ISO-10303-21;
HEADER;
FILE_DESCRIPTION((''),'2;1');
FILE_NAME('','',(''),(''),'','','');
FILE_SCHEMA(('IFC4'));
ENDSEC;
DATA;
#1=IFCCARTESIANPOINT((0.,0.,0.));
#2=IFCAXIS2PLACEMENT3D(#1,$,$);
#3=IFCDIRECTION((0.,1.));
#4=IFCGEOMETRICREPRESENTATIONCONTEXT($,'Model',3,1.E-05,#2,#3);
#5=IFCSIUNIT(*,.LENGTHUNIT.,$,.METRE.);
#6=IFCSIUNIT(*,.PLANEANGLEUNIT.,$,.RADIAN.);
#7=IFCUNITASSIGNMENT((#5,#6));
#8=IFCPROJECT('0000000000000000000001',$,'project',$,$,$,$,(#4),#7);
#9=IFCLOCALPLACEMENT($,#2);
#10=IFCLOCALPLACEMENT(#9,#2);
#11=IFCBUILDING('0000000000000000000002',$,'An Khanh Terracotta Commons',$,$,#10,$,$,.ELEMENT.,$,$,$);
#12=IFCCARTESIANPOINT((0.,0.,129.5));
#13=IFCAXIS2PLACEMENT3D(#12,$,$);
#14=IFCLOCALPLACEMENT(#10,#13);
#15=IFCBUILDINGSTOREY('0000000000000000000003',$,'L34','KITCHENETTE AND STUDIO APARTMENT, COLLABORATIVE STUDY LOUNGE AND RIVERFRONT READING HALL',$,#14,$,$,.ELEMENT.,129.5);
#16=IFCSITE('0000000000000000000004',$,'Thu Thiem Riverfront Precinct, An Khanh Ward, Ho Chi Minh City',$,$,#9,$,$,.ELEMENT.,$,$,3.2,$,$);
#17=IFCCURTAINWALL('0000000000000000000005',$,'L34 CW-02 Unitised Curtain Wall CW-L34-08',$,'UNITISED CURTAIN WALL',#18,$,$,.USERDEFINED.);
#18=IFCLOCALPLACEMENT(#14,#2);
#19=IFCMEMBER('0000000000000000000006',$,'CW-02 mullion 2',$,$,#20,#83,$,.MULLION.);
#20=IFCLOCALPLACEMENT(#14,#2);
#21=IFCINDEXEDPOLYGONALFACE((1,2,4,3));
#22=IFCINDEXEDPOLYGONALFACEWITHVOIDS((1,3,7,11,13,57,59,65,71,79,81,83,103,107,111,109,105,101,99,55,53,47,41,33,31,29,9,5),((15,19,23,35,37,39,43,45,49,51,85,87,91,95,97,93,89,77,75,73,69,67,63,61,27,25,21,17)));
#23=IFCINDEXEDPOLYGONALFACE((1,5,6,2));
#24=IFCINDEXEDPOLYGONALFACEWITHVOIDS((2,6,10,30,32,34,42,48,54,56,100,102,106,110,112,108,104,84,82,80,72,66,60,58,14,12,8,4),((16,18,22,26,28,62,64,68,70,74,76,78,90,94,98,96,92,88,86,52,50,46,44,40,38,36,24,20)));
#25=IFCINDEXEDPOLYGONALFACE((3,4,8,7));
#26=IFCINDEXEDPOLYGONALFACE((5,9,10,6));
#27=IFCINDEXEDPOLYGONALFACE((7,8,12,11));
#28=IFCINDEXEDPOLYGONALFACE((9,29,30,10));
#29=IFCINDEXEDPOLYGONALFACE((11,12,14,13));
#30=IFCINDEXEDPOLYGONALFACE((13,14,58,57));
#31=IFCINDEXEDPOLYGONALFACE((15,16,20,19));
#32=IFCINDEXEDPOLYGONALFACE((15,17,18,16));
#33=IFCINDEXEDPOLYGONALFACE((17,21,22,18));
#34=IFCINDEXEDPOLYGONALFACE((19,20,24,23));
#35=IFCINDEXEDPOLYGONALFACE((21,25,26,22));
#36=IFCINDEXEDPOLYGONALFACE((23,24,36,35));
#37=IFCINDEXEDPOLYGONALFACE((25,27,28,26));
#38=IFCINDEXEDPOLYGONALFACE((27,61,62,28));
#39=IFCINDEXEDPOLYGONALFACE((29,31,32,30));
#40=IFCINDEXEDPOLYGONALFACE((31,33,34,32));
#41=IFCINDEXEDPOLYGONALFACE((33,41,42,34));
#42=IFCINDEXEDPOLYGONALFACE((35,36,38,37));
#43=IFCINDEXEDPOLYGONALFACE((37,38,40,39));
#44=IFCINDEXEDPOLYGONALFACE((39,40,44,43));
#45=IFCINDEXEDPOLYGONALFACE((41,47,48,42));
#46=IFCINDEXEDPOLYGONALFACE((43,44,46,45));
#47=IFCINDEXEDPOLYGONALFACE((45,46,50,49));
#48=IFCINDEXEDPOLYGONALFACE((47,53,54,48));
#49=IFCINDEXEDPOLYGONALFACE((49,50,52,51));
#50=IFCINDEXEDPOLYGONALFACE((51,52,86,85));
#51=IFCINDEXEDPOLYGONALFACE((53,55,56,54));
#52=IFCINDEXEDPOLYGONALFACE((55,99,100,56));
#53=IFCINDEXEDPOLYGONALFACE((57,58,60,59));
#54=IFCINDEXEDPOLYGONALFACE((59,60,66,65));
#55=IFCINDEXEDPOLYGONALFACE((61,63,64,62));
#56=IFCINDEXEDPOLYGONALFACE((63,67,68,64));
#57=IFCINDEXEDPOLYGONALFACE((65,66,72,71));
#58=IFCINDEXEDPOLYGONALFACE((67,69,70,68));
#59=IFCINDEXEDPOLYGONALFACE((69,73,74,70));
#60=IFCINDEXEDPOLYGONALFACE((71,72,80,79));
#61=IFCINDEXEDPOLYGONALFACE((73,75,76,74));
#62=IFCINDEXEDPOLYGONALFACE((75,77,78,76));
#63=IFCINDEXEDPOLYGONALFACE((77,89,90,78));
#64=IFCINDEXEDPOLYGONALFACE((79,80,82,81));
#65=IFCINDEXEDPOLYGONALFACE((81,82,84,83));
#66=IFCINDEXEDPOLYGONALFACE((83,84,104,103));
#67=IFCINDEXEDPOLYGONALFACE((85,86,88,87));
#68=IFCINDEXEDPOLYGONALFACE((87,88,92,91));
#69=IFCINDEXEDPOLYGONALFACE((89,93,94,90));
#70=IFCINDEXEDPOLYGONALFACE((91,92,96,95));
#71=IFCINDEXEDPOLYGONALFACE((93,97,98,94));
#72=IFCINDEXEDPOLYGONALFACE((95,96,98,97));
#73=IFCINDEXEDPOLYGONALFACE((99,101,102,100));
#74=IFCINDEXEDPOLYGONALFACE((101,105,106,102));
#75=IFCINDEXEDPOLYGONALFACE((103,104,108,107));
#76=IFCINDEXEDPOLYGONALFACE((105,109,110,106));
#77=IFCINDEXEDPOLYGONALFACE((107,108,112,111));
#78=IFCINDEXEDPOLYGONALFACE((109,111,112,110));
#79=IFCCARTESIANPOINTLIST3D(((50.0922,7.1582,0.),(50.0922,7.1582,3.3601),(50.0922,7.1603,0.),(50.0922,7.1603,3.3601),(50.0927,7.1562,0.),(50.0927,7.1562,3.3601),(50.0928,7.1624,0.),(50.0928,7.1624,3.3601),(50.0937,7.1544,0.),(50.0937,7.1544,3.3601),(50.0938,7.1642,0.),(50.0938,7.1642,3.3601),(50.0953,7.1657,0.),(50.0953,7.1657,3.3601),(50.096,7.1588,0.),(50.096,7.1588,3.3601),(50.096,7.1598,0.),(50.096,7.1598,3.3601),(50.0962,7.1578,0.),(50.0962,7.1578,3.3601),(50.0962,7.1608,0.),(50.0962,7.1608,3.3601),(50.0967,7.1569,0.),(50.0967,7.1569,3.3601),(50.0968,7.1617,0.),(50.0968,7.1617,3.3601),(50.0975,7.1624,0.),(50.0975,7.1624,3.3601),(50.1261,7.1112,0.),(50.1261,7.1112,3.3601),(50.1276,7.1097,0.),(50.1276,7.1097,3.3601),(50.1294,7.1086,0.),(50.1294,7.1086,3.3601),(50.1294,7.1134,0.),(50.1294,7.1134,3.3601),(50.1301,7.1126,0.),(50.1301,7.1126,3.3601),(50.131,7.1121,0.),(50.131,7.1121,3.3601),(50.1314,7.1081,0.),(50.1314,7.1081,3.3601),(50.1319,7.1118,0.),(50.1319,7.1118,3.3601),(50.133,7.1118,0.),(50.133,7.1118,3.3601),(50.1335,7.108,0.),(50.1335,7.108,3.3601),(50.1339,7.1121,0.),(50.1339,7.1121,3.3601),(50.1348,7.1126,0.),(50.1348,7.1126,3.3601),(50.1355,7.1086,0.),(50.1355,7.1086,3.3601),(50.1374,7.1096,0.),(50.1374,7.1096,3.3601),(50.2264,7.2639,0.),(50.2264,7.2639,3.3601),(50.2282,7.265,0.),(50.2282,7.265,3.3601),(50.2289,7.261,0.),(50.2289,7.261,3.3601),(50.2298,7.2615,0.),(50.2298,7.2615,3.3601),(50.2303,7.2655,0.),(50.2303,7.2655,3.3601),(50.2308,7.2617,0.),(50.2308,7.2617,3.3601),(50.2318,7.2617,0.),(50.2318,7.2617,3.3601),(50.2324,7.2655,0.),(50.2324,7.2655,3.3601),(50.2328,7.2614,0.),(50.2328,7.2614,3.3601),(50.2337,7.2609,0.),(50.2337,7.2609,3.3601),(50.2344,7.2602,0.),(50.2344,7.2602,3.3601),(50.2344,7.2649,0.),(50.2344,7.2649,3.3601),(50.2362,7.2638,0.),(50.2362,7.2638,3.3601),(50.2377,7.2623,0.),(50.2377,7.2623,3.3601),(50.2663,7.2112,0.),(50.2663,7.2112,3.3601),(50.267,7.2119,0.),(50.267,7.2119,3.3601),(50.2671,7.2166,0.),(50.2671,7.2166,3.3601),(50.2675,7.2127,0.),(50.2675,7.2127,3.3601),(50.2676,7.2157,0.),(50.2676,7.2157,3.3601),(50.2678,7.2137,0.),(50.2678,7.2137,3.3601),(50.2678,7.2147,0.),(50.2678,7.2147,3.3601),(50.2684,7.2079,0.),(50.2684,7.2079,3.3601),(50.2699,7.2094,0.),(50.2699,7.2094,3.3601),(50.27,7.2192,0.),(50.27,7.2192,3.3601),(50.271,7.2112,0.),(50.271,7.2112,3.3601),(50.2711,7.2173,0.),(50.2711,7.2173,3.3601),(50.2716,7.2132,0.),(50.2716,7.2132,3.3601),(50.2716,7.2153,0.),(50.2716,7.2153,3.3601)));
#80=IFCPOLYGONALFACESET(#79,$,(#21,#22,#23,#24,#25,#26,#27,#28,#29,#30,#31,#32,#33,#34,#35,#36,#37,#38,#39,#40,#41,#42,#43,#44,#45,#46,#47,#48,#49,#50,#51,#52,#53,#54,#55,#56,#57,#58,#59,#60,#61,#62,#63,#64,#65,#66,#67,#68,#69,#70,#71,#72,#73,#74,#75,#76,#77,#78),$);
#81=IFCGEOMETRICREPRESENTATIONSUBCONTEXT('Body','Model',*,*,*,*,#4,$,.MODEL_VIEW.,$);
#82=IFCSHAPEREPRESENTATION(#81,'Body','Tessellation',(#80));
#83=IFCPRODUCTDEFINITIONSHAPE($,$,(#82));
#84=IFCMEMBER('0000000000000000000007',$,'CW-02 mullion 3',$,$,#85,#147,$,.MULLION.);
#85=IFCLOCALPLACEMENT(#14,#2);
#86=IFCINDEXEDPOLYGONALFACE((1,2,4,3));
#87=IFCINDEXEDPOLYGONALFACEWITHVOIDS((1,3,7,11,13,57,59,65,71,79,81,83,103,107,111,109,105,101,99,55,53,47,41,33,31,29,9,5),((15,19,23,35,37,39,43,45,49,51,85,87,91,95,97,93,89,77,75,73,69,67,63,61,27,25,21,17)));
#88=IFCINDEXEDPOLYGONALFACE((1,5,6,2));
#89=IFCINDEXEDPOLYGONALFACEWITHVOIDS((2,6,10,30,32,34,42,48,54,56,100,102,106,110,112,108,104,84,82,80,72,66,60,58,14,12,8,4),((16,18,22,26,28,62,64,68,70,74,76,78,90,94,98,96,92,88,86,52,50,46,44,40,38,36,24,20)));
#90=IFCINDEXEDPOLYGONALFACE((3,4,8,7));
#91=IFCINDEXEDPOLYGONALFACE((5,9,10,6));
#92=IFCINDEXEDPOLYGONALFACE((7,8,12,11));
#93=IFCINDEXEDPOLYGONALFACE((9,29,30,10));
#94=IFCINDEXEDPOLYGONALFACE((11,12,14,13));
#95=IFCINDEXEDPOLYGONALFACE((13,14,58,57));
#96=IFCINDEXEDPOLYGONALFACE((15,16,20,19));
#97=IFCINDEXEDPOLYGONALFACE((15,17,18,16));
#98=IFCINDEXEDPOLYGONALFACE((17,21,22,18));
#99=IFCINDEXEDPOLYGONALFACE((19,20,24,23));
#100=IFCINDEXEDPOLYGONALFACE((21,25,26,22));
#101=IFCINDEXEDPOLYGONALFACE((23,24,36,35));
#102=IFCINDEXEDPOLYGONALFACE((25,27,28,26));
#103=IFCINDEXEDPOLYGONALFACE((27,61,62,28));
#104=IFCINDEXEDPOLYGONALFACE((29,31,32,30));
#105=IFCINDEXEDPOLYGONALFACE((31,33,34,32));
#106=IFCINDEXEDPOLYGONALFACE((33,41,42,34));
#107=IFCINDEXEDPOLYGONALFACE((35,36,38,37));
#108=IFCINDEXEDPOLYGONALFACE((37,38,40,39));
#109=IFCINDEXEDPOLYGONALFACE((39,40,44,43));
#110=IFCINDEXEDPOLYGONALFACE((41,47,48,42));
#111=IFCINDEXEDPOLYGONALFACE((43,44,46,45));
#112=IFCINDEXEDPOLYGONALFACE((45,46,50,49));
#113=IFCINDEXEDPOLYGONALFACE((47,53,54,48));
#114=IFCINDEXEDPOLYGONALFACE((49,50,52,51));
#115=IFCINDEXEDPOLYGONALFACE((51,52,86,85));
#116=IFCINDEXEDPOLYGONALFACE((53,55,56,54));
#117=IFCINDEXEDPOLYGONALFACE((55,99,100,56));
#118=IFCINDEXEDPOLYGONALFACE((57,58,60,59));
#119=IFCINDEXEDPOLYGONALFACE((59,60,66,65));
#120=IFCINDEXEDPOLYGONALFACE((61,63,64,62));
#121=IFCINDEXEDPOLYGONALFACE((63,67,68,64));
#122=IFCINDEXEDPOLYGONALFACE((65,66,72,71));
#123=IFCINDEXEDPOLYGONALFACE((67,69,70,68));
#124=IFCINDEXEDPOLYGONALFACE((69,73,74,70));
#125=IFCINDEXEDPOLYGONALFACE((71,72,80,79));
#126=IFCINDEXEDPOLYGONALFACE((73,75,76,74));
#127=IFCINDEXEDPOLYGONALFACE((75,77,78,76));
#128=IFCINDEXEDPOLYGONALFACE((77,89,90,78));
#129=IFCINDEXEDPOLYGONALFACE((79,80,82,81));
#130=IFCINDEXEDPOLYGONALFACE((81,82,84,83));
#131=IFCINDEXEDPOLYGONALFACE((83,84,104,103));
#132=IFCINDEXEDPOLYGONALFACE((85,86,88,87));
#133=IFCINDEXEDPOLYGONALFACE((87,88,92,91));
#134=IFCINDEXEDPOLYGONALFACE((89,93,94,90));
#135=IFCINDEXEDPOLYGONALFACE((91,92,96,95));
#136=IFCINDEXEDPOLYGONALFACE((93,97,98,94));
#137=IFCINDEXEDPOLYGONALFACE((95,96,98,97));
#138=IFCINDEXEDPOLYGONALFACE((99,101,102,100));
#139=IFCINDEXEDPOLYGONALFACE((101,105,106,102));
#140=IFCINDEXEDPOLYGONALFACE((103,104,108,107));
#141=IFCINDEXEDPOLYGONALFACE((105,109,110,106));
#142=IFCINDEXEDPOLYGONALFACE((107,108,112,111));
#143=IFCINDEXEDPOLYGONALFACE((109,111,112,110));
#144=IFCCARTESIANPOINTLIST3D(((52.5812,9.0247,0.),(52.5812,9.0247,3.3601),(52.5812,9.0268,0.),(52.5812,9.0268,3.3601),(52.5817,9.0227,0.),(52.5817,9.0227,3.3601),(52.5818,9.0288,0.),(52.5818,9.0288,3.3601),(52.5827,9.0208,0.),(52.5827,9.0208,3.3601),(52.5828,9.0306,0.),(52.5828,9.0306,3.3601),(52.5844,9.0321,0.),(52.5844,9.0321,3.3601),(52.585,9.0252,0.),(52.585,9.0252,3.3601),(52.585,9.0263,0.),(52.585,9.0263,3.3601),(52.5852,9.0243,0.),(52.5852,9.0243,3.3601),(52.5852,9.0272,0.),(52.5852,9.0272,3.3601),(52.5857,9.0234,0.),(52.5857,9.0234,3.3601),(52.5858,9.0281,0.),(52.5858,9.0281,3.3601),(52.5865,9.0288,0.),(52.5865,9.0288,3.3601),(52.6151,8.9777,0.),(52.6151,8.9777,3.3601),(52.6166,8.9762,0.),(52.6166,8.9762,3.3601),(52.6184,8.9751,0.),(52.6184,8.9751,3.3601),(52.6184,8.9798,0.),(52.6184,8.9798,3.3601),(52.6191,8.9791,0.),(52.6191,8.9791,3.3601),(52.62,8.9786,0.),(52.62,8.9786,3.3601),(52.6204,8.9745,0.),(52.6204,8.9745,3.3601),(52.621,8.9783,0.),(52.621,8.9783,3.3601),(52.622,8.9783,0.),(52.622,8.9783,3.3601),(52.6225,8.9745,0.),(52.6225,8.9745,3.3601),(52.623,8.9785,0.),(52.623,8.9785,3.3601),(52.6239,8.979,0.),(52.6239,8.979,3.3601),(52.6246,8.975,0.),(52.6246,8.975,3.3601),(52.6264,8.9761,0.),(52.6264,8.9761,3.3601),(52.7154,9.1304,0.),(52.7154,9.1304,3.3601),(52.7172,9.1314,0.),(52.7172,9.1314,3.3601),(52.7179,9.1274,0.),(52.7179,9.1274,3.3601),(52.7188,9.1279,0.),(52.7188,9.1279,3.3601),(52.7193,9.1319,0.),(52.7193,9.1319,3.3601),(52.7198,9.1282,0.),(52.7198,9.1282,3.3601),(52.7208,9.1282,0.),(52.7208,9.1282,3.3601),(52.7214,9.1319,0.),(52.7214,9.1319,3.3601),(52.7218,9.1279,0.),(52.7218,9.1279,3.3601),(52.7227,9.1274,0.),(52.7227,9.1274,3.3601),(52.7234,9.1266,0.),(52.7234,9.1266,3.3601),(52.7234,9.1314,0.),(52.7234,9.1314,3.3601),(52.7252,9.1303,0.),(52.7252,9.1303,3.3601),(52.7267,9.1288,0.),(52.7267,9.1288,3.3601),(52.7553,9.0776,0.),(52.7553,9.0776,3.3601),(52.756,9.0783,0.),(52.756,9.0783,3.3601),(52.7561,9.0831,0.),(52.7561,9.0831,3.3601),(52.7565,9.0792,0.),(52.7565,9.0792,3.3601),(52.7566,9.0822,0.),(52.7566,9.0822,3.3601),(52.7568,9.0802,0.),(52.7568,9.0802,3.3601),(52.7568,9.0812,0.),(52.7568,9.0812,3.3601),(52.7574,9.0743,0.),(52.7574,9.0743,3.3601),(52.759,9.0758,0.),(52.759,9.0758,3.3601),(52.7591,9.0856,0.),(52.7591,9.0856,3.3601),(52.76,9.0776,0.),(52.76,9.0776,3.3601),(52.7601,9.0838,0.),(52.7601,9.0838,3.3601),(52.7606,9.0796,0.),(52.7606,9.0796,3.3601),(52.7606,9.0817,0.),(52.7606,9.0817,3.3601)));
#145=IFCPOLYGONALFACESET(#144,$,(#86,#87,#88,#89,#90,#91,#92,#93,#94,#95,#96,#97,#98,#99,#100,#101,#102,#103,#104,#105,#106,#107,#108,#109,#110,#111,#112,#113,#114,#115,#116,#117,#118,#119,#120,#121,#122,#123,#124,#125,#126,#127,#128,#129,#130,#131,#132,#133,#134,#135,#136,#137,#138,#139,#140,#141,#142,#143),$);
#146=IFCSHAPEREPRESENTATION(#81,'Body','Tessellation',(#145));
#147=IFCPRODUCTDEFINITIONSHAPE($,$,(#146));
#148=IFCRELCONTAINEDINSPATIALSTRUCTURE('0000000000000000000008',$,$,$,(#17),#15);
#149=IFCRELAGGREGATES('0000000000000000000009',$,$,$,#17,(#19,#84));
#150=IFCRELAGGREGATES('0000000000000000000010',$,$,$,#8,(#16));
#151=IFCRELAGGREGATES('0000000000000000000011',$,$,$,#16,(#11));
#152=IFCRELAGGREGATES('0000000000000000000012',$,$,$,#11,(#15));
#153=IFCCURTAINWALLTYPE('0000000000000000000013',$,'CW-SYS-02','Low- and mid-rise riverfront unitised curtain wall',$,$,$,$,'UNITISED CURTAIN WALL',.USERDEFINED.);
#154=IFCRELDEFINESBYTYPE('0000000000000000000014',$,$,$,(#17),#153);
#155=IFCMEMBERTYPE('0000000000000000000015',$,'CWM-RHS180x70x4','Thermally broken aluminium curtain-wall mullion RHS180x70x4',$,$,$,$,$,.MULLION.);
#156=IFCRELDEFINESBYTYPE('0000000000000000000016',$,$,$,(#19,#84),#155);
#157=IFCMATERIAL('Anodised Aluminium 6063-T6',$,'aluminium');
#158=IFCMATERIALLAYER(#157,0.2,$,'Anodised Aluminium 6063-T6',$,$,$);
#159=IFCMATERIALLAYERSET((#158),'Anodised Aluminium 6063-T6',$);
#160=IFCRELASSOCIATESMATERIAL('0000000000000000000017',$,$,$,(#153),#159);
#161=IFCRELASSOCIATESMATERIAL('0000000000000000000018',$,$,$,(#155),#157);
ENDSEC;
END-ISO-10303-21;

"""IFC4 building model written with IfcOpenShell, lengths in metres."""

from ifc_helpers import new_model, si_unit, direction, frame, origin, origin_2d, place, context, subcontext, project, spatial, hollow_rectangle, extrude, material, layer, layer_set, material_profile, profile_set, type_object, element, aggregate, save


model = new_model("IFC4")

# Units and contexts
model_context = context("Model", 3, precision=1e-05, world=origin(), true_north=direction((0.0, 1.0)))
body_context = subcontext(model_context, "Body", "Model", "MODEL_VIEW")
ifc_project = project(units=[si_unit("LENGTHUNIT", "METRE"), si_unit("PLANEANGLEUNIT", "RADIAN")], contexts=[model_context])

# Site, building, storey
site_placement = place(None, origin())
site = spatial("IfcSite", under=ifc_project, at=site_placement, Name="Thu Thiem Riverfront Precinct, An Khanh Ward, Ho Chi Minh City", CompositionType="ELEMENT", RefElevation=3.2)
building_placement = place(site_placement, origin())
building = spatial("IfcBuilding", under=site, at=building_placement, Name="An Khanh Terracotta Commons", CompositionType="ELEMENT")
storey_placement = place(building_placement, frame((0.0, 0.0, 129.5)))
storey = spatial("IfcBuildingStorey", under=building, at=storey_placement, Name="L34", Description="KITCHENETTE AND STUDIO APARTMENT, COLLABORATIVE STUDY LOUNGE AND RIVERFRONT READING HALL", CompositionType="ELEMENT", Elevation=129.5)

# Curtain wall, members
ifc_material_1 = material(Name="Anodised Aluminium 6063-T6", Category="aluminium")
ifc_layer_1 = layer(ifc_material_1, 0.2, Name="Anodised Aluminium 6063-T6")
ifc_layer_set_1 = layer_set([ifc_layer_1], Name="Anodised Aluminium 6063-T6")
curtain_wall_type = type_object("IfcCurtainWallType", Name="CW-SYS-02", Description="Low- and mid-rise riverfront unitised curtain wall", ElementType="UNITISED CURTAIN WALL", PredefinedType="USERDEFINED", material=ifc_layer_set_1)
curtain_wall_1_placement = place(storey_placement, origin())
curtain_wall_1 = element("IfcCurtainWall", 1, at=curtain_wall_1_placement, inside=storey, type_object=curtain_wall_type, Name="L34 CW-02 Unitised Curtain Wall CW-L34-08", ObjectType="UNITISED CURTAIN WALL", PredefinedType="USERDEFINED")
ifc_material_profile_1 = material_profile(ifc_material_1, hollow_rectangle(XDim=0.0701, YDim=0.1799, WallThickness=0.0039, InnerFilletRadius=0.0039, OuterFilletRadius=0.0081, at=origin_2d()), Name="RHS180x70x4")
ifc_profile_set_1 = profile_set([ifc_material_profile_1], Name="Anodised Aluminium 6063-T6")
member_type_1 = type_object("IfcMemberType", Name="CWM-RHS180x70x4", Description="Thermally broken aluminium curtain-wall mullion RHS180x70x4", PredefinedType="MULLION", material=ifc_profile_set_1)
member_1_placement = place(storey_placement, frame((50.1819, 7.1868, 0.0), z_axis=(0.0, 0.0, 1.0), x_axis=(-0.599983, 0.800013, 0.0)))
member_1 = element("IfcMember", 2, at=member_1_placement, type_object=member_type_1, Name="CW-02 mullion 2", PredefinedType="MULLION", context=body_context, shape_type="SweptSolid", body=[
    extrude(hollow_rectangle(XDim=0.0701, YDim=0.1799, WallThickness=0.0039, InnerFilletRadius=0.0039, OuterFilletRadius=0.0081, at=origin_2d()), origin(), (0.0, 0.0, 1.0), 3.3601),
])
member_2_placement = place(storey_placement, frame((52.6709, 9.0532, 0.0), z_axis=(0.0, 0.0, 1.0), x_axis=(-0.599983, 0.800013, 0.0)))
member_2 = element("IfcMember", 3, at=member_2_placement, type_object=member_type_1, Name="CW-02 mullion 3", PredefinedType="MULLION", context=body_context, shape_type="SweptSolid", body=[
    extrude(hollow_rectangle(XDim=0.0701, YDim=0.1799, WallThickness=0.0039, InnerFilletRadius=0.0039, OuterFilletRadius=0.0081, at=origin_2d()), origin(), (0.0, 0.0, 1.0), 3.3601),
])

aggregate(curtain_wall_1, [member_1, member_2])

save(model, "model.ifc")
